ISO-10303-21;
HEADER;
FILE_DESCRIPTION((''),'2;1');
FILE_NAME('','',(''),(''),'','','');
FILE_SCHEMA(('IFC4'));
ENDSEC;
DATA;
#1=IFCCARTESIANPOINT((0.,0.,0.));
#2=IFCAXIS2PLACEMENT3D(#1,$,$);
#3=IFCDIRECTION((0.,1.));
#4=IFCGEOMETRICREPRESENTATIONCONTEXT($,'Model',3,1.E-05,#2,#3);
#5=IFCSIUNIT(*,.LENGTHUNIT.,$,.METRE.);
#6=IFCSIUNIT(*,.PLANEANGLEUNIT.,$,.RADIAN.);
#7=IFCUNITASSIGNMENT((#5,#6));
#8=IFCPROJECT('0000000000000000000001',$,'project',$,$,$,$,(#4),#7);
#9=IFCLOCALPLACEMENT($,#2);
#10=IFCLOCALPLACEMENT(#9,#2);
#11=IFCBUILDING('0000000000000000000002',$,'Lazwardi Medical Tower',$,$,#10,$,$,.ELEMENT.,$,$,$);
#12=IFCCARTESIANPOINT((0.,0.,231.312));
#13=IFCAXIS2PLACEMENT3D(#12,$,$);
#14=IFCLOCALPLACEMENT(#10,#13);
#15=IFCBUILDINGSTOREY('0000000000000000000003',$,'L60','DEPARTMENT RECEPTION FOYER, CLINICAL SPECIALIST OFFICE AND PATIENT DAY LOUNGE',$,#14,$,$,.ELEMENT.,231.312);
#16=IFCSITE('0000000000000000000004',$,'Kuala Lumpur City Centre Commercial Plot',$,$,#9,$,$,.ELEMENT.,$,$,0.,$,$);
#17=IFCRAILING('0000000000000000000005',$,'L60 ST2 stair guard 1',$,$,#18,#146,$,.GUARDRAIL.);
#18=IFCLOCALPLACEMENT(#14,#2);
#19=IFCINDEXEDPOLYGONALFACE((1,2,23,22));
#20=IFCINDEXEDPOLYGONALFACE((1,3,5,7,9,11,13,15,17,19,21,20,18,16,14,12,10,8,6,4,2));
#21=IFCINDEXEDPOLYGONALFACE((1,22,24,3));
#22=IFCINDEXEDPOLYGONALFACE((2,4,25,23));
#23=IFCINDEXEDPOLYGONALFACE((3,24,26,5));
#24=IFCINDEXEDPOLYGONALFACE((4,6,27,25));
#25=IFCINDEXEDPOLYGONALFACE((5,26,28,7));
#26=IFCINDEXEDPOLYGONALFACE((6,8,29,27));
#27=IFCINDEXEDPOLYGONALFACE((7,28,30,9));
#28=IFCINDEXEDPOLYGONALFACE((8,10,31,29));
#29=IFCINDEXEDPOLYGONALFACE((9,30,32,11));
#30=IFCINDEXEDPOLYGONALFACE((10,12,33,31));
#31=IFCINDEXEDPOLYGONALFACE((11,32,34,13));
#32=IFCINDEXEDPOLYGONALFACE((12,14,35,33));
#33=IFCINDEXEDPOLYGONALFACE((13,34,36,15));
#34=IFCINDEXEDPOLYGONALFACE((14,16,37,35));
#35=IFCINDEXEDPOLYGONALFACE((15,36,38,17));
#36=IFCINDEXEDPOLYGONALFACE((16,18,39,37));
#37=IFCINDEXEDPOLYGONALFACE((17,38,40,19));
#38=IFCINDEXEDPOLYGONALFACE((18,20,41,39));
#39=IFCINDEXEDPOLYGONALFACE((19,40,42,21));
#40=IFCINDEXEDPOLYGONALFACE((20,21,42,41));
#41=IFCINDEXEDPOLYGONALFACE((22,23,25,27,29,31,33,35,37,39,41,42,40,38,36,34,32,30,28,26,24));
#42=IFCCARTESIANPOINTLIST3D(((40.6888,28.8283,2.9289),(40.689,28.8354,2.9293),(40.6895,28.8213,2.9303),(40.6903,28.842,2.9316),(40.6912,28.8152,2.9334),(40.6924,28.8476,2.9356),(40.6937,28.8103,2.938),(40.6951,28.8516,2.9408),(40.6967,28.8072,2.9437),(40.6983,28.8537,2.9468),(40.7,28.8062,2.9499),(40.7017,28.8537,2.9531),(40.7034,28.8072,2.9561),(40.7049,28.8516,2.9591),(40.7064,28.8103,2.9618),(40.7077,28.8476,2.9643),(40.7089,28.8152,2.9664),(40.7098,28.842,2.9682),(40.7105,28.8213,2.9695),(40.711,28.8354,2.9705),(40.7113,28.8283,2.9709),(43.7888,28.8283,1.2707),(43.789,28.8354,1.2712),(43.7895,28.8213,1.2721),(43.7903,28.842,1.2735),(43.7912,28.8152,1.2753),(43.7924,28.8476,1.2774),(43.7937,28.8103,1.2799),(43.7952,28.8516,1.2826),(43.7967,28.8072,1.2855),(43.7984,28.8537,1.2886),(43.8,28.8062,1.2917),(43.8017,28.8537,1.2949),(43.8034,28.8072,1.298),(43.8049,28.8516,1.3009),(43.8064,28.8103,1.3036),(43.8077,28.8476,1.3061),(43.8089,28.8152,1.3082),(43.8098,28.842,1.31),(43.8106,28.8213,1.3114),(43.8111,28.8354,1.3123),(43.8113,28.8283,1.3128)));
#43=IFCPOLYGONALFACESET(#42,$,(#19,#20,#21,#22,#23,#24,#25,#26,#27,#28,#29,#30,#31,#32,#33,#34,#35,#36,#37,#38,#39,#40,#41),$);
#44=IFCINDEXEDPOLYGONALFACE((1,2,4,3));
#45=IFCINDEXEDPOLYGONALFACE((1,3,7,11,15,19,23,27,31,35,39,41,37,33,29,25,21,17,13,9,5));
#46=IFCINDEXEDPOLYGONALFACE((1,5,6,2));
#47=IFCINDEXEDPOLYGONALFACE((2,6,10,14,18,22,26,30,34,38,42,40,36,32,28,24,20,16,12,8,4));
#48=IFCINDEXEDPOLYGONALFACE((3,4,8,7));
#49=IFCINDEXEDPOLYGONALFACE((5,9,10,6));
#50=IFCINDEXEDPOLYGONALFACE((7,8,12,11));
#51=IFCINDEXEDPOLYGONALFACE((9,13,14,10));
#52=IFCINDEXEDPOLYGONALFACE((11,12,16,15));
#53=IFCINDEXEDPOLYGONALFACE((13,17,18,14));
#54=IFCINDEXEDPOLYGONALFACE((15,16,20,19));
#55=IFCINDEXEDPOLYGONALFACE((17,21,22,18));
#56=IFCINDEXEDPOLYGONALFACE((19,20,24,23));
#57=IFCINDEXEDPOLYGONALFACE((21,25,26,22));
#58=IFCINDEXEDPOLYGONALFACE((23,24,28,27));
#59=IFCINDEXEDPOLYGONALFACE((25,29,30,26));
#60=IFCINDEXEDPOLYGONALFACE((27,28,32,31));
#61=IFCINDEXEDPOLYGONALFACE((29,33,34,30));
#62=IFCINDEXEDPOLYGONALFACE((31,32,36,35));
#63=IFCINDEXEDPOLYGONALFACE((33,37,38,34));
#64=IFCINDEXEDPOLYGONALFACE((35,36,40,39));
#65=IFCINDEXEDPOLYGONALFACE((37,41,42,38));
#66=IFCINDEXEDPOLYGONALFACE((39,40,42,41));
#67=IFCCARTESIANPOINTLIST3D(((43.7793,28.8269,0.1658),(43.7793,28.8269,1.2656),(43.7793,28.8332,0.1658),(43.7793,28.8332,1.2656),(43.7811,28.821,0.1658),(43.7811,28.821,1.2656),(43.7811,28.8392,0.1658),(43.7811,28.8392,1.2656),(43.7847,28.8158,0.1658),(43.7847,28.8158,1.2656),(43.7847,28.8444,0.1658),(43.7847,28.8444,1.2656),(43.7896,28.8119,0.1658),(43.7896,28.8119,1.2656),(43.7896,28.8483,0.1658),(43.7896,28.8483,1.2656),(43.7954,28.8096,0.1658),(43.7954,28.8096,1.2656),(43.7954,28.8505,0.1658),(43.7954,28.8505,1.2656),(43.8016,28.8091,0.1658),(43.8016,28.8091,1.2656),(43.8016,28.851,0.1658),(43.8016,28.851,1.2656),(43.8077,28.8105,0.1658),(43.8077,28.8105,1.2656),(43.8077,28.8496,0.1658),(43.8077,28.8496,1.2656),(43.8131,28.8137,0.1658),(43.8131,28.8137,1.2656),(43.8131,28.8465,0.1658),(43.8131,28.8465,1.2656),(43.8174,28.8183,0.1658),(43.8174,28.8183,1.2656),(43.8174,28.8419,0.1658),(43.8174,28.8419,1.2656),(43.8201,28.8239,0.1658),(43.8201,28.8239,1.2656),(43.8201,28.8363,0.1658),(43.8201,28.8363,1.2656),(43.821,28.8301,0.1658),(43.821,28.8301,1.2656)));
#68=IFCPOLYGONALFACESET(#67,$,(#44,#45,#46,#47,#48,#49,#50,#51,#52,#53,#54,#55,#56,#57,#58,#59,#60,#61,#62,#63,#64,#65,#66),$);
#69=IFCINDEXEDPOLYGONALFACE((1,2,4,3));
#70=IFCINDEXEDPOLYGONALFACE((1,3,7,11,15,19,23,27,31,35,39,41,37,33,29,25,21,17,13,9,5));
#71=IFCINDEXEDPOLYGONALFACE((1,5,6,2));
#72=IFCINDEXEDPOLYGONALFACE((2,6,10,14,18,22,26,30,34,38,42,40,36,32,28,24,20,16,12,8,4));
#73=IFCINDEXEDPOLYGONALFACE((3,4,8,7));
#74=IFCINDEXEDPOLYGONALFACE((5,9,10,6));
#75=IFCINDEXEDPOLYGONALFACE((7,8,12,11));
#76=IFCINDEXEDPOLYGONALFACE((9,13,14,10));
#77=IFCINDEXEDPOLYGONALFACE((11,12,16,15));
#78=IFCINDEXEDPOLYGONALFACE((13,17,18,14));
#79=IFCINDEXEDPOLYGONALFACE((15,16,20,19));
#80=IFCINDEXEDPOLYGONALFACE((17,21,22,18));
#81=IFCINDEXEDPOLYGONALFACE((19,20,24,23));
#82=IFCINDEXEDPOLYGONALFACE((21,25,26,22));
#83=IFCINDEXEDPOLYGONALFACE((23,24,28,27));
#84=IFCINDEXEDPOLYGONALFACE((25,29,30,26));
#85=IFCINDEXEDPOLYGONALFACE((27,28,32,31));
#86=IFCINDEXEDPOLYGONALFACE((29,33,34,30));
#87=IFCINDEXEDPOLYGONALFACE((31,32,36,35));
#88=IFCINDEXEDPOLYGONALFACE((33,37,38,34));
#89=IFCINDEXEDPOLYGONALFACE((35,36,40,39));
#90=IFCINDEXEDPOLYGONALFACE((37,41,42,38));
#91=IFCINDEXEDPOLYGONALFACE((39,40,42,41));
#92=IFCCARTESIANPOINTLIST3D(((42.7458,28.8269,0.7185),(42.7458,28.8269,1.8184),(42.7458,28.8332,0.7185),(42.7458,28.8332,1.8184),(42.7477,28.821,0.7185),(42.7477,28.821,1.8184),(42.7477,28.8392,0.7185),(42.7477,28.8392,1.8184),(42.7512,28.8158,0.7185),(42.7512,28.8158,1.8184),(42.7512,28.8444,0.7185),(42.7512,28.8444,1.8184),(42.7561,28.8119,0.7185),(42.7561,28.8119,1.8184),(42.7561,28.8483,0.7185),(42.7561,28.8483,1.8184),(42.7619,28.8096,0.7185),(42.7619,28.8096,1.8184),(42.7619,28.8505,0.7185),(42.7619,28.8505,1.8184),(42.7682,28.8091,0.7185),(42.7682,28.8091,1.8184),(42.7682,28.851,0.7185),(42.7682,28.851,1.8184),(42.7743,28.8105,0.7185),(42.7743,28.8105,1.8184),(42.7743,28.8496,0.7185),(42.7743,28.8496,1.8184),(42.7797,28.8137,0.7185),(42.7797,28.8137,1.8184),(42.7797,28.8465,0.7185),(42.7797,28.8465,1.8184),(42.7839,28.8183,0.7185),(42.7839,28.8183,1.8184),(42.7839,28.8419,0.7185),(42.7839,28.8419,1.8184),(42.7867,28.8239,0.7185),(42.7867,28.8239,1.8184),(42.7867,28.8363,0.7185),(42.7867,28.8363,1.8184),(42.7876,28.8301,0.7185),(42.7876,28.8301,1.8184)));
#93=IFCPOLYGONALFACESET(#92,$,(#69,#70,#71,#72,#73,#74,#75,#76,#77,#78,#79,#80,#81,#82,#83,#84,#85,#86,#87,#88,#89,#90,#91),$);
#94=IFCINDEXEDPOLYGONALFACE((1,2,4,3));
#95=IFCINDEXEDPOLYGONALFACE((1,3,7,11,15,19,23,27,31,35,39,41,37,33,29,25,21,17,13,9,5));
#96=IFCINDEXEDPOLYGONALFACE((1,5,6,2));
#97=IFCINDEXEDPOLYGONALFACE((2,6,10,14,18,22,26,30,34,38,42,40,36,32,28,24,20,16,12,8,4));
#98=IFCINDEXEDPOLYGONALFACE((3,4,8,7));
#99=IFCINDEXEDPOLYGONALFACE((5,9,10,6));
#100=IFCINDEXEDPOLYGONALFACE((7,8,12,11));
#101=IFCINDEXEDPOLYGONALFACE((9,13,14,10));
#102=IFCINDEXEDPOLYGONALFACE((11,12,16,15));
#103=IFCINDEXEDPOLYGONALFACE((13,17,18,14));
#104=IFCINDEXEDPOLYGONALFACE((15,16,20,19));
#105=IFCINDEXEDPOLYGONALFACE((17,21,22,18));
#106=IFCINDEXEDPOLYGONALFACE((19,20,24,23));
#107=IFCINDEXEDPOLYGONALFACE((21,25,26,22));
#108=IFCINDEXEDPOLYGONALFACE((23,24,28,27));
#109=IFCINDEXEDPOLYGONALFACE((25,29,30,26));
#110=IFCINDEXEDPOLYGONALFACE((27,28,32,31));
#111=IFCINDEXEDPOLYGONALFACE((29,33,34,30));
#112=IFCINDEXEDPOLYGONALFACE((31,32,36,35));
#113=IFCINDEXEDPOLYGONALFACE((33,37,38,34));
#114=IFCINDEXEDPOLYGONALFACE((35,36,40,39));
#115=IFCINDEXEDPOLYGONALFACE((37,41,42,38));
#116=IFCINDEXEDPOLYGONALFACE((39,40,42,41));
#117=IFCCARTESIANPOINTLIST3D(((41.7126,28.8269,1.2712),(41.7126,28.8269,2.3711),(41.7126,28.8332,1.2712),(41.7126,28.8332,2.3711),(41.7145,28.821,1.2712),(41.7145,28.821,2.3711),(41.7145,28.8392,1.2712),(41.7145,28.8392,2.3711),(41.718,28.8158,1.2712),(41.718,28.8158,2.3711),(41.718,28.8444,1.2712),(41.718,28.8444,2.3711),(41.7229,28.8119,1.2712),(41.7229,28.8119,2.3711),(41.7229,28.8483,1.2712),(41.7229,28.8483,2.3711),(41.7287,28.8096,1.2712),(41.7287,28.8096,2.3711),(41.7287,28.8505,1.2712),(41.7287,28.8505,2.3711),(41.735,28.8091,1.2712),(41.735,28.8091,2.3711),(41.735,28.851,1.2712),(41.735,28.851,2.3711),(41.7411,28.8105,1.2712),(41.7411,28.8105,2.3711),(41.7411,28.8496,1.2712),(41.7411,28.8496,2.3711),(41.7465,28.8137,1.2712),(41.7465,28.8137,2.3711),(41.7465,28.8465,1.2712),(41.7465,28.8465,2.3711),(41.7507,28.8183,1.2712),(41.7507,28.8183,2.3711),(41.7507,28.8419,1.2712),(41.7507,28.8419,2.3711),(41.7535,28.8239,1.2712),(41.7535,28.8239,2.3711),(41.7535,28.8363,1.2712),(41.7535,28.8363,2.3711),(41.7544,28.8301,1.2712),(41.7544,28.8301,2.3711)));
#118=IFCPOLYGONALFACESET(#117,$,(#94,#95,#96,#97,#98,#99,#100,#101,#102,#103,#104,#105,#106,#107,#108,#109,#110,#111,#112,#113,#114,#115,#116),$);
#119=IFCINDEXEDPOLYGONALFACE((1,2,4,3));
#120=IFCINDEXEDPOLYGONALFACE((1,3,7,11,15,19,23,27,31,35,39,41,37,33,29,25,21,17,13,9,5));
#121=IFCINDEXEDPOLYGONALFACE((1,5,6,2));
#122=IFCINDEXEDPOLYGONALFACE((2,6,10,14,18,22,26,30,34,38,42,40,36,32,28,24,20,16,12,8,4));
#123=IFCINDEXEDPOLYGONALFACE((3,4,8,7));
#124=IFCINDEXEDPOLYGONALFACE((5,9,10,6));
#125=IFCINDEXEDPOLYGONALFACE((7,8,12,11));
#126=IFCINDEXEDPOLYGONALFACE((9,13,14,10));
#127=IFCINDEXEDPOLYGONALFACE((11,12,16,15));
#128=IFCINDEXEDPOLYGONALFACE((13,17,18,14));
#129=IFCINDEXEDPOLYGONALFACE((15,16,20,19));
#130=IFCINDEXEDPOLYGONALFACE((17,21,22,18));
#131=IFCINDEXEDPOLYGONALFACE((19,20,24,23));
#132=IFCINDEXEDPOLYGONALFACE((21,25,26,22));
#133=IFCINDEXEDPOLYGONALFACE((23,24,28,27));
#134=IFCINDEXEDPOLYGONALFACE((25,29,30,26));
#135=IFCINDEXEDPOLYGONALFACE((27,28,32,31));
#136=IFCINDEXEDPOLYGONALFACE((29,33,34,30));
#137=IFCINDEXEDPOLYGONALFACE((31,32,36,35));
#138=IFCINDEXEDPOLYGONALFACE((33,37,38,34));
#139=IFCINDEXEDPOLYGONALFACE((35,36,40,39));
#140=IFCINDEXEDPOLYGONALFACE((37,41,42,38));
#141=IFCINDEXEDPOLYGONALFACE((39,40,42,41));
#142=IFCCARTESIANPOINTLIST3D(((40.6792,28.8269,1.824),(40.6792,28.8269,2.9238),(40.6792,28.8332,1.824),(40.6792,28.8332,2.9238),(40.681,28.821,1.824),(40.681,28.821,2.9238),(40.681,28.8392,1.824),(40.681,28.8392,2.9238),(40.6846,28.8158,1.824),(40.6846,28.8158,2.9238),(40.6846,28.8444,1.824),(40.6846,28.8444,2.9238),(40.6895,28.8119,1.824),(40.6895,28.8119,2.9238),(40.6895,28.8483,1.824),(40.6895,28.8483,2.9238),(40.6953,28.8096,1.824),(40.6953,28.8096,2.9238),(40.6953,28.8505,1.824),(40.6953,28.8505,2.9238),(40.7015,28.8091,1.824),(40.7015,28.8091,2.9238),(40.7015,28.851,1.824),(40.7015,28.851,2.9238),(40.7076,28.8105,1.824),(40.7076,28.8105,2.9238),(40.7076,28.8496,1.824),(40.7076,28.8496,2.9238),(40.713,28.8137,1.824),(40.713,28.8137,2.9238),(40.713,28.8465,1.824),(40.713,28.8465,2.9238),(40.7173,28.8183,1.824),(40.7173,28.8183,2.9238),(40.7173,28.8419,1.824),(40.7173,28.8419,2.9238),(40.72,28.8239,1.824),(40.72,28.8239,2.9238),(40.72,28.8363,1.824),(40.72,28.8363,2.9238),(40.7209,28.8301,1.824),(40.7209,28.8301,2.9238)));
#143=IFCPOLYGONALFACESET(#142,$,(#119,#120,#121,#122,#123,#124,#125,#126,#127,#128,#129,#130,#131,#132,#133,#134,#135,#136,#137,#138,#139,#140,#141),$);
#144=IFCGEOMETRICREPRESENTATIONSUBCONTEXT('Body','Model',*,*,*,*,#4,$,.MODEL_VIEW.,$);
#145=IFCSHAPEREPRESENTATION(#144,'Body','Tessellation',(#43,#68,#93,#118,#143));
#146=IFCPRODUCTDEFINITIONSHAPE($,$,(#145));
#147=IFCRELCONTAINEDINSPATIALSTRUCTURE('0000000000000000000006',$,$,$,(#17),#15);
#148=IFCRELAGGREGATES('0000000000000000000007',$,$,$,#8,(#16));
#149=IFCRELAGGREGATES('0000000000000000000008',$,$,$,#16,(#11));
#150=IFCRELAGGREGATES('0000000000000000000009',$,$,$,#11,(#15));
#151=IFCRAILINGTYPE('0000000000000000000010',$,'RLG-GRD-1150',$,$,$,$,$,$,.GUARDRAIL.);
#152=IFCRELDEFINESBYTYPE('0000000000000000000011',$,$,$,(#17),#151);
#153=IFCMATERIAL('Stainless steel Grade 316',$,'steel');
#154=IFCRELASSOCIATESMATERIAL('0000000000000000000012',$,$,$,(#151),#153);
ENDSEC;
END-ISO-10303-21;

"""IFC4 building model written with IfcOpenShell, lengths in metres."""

from ifc_helpers import new_model, si_unit, direction, frame, origin, origin_2d, place, context, subcontext, project, spatial, circle, extrude, material, type_object, element, save


model = new_model("IFC4")

# Units and contexts
model_context = context("Model", 3, precision=1e-05, world=origin(), true_north=direction((0.0, 1.0)))
body_context = subcontext(model_context, "Body", "Model", "MODEL_VIEW")
ifc_project = project(units=[si_unit("LENGTHUNIT", "METRE"), si_unit("PLANEANGLEUNIT", "RADIAN")], contexts=[model_context])

# Site, building, storey
site_placement = place(None, origin())
site = spatial("IfcSite", under=ifc_project, at=site_placement, Name="Kuala Lumpur City Centre Commercial Plot", CompositionType="ELEMENT", RefElevation=0.0)
building_placement = place(site_placement, origin())
building = spatial("IfcBuilding", under=site, at=building_placement, Name="Lazwardi Medical Tower", CompositionType="ELEMENT")
storey_placement = place(building_placement, frame((0.0, 0.0, 231.312)))
storey = spatial("IfcBuildingStorey", under=building, at=storey_placement, Name="L60", Description="DEPARTMENT RECEPTION FOYER, CLINICAL SPECIALIST OFFICE AND PATIENT DAY LOUNGE", CompositionType="ELEMENT", Elevation=231.312)

# Railing
ifc_material_1 = material(Name="Stainless steel Grade 316", Category="steel")
railing_type_1 = type_object("IfcRailingType", Name="RLG-GRD-1150", PredefinedType="GUARDRAIL", material=ifc_material_1)
railing_1_placement = place(storey_placement, frame((43.8, 28.8301, 0.1658)))
element("IfcRailing", 1, at=railing_1_placement, inside=storey, type_object=railing_type_1, Name="L60 ST2 stair guard 1", PredefinedType="GUARDRAIL", context=body_context, shape_type="SweptSolid", body=[
    extrude(circle(Radius=0.0239, at=origin_2d()), frame((0.0, 0.0, 1.126), z_axis=(-0.881783, 0.0, 0.471655), x_axis=(0.0, -1.0, 0.0)), (0.0, 0.0, 1.0), 3.5156),
    extrude(circle(Radius=0.021, at=origin_2d()), origin(), (0.0, 0.0, 1.0), 1.0999),
    extrude(circle(Radius=0.021, at=origin_2d()), frame((-1.0334, 0.0, 0.5527)), (0.0, 0.0, 1.0), 1.0999),
    extrude(circle(Radius=0.021, at=origin_2d()), frame((-2.0667, 0.0, 1.1055)), (0.0, 0.0, 1.0), 1.0999),
    extrude(circle(Radius=0.021, at=origin_2d()), frame((-3.1001, 0.0, 1.6582)), (0.0, 0.0, 1.0), 1.0999),
])

save(model, "model.ifc")
